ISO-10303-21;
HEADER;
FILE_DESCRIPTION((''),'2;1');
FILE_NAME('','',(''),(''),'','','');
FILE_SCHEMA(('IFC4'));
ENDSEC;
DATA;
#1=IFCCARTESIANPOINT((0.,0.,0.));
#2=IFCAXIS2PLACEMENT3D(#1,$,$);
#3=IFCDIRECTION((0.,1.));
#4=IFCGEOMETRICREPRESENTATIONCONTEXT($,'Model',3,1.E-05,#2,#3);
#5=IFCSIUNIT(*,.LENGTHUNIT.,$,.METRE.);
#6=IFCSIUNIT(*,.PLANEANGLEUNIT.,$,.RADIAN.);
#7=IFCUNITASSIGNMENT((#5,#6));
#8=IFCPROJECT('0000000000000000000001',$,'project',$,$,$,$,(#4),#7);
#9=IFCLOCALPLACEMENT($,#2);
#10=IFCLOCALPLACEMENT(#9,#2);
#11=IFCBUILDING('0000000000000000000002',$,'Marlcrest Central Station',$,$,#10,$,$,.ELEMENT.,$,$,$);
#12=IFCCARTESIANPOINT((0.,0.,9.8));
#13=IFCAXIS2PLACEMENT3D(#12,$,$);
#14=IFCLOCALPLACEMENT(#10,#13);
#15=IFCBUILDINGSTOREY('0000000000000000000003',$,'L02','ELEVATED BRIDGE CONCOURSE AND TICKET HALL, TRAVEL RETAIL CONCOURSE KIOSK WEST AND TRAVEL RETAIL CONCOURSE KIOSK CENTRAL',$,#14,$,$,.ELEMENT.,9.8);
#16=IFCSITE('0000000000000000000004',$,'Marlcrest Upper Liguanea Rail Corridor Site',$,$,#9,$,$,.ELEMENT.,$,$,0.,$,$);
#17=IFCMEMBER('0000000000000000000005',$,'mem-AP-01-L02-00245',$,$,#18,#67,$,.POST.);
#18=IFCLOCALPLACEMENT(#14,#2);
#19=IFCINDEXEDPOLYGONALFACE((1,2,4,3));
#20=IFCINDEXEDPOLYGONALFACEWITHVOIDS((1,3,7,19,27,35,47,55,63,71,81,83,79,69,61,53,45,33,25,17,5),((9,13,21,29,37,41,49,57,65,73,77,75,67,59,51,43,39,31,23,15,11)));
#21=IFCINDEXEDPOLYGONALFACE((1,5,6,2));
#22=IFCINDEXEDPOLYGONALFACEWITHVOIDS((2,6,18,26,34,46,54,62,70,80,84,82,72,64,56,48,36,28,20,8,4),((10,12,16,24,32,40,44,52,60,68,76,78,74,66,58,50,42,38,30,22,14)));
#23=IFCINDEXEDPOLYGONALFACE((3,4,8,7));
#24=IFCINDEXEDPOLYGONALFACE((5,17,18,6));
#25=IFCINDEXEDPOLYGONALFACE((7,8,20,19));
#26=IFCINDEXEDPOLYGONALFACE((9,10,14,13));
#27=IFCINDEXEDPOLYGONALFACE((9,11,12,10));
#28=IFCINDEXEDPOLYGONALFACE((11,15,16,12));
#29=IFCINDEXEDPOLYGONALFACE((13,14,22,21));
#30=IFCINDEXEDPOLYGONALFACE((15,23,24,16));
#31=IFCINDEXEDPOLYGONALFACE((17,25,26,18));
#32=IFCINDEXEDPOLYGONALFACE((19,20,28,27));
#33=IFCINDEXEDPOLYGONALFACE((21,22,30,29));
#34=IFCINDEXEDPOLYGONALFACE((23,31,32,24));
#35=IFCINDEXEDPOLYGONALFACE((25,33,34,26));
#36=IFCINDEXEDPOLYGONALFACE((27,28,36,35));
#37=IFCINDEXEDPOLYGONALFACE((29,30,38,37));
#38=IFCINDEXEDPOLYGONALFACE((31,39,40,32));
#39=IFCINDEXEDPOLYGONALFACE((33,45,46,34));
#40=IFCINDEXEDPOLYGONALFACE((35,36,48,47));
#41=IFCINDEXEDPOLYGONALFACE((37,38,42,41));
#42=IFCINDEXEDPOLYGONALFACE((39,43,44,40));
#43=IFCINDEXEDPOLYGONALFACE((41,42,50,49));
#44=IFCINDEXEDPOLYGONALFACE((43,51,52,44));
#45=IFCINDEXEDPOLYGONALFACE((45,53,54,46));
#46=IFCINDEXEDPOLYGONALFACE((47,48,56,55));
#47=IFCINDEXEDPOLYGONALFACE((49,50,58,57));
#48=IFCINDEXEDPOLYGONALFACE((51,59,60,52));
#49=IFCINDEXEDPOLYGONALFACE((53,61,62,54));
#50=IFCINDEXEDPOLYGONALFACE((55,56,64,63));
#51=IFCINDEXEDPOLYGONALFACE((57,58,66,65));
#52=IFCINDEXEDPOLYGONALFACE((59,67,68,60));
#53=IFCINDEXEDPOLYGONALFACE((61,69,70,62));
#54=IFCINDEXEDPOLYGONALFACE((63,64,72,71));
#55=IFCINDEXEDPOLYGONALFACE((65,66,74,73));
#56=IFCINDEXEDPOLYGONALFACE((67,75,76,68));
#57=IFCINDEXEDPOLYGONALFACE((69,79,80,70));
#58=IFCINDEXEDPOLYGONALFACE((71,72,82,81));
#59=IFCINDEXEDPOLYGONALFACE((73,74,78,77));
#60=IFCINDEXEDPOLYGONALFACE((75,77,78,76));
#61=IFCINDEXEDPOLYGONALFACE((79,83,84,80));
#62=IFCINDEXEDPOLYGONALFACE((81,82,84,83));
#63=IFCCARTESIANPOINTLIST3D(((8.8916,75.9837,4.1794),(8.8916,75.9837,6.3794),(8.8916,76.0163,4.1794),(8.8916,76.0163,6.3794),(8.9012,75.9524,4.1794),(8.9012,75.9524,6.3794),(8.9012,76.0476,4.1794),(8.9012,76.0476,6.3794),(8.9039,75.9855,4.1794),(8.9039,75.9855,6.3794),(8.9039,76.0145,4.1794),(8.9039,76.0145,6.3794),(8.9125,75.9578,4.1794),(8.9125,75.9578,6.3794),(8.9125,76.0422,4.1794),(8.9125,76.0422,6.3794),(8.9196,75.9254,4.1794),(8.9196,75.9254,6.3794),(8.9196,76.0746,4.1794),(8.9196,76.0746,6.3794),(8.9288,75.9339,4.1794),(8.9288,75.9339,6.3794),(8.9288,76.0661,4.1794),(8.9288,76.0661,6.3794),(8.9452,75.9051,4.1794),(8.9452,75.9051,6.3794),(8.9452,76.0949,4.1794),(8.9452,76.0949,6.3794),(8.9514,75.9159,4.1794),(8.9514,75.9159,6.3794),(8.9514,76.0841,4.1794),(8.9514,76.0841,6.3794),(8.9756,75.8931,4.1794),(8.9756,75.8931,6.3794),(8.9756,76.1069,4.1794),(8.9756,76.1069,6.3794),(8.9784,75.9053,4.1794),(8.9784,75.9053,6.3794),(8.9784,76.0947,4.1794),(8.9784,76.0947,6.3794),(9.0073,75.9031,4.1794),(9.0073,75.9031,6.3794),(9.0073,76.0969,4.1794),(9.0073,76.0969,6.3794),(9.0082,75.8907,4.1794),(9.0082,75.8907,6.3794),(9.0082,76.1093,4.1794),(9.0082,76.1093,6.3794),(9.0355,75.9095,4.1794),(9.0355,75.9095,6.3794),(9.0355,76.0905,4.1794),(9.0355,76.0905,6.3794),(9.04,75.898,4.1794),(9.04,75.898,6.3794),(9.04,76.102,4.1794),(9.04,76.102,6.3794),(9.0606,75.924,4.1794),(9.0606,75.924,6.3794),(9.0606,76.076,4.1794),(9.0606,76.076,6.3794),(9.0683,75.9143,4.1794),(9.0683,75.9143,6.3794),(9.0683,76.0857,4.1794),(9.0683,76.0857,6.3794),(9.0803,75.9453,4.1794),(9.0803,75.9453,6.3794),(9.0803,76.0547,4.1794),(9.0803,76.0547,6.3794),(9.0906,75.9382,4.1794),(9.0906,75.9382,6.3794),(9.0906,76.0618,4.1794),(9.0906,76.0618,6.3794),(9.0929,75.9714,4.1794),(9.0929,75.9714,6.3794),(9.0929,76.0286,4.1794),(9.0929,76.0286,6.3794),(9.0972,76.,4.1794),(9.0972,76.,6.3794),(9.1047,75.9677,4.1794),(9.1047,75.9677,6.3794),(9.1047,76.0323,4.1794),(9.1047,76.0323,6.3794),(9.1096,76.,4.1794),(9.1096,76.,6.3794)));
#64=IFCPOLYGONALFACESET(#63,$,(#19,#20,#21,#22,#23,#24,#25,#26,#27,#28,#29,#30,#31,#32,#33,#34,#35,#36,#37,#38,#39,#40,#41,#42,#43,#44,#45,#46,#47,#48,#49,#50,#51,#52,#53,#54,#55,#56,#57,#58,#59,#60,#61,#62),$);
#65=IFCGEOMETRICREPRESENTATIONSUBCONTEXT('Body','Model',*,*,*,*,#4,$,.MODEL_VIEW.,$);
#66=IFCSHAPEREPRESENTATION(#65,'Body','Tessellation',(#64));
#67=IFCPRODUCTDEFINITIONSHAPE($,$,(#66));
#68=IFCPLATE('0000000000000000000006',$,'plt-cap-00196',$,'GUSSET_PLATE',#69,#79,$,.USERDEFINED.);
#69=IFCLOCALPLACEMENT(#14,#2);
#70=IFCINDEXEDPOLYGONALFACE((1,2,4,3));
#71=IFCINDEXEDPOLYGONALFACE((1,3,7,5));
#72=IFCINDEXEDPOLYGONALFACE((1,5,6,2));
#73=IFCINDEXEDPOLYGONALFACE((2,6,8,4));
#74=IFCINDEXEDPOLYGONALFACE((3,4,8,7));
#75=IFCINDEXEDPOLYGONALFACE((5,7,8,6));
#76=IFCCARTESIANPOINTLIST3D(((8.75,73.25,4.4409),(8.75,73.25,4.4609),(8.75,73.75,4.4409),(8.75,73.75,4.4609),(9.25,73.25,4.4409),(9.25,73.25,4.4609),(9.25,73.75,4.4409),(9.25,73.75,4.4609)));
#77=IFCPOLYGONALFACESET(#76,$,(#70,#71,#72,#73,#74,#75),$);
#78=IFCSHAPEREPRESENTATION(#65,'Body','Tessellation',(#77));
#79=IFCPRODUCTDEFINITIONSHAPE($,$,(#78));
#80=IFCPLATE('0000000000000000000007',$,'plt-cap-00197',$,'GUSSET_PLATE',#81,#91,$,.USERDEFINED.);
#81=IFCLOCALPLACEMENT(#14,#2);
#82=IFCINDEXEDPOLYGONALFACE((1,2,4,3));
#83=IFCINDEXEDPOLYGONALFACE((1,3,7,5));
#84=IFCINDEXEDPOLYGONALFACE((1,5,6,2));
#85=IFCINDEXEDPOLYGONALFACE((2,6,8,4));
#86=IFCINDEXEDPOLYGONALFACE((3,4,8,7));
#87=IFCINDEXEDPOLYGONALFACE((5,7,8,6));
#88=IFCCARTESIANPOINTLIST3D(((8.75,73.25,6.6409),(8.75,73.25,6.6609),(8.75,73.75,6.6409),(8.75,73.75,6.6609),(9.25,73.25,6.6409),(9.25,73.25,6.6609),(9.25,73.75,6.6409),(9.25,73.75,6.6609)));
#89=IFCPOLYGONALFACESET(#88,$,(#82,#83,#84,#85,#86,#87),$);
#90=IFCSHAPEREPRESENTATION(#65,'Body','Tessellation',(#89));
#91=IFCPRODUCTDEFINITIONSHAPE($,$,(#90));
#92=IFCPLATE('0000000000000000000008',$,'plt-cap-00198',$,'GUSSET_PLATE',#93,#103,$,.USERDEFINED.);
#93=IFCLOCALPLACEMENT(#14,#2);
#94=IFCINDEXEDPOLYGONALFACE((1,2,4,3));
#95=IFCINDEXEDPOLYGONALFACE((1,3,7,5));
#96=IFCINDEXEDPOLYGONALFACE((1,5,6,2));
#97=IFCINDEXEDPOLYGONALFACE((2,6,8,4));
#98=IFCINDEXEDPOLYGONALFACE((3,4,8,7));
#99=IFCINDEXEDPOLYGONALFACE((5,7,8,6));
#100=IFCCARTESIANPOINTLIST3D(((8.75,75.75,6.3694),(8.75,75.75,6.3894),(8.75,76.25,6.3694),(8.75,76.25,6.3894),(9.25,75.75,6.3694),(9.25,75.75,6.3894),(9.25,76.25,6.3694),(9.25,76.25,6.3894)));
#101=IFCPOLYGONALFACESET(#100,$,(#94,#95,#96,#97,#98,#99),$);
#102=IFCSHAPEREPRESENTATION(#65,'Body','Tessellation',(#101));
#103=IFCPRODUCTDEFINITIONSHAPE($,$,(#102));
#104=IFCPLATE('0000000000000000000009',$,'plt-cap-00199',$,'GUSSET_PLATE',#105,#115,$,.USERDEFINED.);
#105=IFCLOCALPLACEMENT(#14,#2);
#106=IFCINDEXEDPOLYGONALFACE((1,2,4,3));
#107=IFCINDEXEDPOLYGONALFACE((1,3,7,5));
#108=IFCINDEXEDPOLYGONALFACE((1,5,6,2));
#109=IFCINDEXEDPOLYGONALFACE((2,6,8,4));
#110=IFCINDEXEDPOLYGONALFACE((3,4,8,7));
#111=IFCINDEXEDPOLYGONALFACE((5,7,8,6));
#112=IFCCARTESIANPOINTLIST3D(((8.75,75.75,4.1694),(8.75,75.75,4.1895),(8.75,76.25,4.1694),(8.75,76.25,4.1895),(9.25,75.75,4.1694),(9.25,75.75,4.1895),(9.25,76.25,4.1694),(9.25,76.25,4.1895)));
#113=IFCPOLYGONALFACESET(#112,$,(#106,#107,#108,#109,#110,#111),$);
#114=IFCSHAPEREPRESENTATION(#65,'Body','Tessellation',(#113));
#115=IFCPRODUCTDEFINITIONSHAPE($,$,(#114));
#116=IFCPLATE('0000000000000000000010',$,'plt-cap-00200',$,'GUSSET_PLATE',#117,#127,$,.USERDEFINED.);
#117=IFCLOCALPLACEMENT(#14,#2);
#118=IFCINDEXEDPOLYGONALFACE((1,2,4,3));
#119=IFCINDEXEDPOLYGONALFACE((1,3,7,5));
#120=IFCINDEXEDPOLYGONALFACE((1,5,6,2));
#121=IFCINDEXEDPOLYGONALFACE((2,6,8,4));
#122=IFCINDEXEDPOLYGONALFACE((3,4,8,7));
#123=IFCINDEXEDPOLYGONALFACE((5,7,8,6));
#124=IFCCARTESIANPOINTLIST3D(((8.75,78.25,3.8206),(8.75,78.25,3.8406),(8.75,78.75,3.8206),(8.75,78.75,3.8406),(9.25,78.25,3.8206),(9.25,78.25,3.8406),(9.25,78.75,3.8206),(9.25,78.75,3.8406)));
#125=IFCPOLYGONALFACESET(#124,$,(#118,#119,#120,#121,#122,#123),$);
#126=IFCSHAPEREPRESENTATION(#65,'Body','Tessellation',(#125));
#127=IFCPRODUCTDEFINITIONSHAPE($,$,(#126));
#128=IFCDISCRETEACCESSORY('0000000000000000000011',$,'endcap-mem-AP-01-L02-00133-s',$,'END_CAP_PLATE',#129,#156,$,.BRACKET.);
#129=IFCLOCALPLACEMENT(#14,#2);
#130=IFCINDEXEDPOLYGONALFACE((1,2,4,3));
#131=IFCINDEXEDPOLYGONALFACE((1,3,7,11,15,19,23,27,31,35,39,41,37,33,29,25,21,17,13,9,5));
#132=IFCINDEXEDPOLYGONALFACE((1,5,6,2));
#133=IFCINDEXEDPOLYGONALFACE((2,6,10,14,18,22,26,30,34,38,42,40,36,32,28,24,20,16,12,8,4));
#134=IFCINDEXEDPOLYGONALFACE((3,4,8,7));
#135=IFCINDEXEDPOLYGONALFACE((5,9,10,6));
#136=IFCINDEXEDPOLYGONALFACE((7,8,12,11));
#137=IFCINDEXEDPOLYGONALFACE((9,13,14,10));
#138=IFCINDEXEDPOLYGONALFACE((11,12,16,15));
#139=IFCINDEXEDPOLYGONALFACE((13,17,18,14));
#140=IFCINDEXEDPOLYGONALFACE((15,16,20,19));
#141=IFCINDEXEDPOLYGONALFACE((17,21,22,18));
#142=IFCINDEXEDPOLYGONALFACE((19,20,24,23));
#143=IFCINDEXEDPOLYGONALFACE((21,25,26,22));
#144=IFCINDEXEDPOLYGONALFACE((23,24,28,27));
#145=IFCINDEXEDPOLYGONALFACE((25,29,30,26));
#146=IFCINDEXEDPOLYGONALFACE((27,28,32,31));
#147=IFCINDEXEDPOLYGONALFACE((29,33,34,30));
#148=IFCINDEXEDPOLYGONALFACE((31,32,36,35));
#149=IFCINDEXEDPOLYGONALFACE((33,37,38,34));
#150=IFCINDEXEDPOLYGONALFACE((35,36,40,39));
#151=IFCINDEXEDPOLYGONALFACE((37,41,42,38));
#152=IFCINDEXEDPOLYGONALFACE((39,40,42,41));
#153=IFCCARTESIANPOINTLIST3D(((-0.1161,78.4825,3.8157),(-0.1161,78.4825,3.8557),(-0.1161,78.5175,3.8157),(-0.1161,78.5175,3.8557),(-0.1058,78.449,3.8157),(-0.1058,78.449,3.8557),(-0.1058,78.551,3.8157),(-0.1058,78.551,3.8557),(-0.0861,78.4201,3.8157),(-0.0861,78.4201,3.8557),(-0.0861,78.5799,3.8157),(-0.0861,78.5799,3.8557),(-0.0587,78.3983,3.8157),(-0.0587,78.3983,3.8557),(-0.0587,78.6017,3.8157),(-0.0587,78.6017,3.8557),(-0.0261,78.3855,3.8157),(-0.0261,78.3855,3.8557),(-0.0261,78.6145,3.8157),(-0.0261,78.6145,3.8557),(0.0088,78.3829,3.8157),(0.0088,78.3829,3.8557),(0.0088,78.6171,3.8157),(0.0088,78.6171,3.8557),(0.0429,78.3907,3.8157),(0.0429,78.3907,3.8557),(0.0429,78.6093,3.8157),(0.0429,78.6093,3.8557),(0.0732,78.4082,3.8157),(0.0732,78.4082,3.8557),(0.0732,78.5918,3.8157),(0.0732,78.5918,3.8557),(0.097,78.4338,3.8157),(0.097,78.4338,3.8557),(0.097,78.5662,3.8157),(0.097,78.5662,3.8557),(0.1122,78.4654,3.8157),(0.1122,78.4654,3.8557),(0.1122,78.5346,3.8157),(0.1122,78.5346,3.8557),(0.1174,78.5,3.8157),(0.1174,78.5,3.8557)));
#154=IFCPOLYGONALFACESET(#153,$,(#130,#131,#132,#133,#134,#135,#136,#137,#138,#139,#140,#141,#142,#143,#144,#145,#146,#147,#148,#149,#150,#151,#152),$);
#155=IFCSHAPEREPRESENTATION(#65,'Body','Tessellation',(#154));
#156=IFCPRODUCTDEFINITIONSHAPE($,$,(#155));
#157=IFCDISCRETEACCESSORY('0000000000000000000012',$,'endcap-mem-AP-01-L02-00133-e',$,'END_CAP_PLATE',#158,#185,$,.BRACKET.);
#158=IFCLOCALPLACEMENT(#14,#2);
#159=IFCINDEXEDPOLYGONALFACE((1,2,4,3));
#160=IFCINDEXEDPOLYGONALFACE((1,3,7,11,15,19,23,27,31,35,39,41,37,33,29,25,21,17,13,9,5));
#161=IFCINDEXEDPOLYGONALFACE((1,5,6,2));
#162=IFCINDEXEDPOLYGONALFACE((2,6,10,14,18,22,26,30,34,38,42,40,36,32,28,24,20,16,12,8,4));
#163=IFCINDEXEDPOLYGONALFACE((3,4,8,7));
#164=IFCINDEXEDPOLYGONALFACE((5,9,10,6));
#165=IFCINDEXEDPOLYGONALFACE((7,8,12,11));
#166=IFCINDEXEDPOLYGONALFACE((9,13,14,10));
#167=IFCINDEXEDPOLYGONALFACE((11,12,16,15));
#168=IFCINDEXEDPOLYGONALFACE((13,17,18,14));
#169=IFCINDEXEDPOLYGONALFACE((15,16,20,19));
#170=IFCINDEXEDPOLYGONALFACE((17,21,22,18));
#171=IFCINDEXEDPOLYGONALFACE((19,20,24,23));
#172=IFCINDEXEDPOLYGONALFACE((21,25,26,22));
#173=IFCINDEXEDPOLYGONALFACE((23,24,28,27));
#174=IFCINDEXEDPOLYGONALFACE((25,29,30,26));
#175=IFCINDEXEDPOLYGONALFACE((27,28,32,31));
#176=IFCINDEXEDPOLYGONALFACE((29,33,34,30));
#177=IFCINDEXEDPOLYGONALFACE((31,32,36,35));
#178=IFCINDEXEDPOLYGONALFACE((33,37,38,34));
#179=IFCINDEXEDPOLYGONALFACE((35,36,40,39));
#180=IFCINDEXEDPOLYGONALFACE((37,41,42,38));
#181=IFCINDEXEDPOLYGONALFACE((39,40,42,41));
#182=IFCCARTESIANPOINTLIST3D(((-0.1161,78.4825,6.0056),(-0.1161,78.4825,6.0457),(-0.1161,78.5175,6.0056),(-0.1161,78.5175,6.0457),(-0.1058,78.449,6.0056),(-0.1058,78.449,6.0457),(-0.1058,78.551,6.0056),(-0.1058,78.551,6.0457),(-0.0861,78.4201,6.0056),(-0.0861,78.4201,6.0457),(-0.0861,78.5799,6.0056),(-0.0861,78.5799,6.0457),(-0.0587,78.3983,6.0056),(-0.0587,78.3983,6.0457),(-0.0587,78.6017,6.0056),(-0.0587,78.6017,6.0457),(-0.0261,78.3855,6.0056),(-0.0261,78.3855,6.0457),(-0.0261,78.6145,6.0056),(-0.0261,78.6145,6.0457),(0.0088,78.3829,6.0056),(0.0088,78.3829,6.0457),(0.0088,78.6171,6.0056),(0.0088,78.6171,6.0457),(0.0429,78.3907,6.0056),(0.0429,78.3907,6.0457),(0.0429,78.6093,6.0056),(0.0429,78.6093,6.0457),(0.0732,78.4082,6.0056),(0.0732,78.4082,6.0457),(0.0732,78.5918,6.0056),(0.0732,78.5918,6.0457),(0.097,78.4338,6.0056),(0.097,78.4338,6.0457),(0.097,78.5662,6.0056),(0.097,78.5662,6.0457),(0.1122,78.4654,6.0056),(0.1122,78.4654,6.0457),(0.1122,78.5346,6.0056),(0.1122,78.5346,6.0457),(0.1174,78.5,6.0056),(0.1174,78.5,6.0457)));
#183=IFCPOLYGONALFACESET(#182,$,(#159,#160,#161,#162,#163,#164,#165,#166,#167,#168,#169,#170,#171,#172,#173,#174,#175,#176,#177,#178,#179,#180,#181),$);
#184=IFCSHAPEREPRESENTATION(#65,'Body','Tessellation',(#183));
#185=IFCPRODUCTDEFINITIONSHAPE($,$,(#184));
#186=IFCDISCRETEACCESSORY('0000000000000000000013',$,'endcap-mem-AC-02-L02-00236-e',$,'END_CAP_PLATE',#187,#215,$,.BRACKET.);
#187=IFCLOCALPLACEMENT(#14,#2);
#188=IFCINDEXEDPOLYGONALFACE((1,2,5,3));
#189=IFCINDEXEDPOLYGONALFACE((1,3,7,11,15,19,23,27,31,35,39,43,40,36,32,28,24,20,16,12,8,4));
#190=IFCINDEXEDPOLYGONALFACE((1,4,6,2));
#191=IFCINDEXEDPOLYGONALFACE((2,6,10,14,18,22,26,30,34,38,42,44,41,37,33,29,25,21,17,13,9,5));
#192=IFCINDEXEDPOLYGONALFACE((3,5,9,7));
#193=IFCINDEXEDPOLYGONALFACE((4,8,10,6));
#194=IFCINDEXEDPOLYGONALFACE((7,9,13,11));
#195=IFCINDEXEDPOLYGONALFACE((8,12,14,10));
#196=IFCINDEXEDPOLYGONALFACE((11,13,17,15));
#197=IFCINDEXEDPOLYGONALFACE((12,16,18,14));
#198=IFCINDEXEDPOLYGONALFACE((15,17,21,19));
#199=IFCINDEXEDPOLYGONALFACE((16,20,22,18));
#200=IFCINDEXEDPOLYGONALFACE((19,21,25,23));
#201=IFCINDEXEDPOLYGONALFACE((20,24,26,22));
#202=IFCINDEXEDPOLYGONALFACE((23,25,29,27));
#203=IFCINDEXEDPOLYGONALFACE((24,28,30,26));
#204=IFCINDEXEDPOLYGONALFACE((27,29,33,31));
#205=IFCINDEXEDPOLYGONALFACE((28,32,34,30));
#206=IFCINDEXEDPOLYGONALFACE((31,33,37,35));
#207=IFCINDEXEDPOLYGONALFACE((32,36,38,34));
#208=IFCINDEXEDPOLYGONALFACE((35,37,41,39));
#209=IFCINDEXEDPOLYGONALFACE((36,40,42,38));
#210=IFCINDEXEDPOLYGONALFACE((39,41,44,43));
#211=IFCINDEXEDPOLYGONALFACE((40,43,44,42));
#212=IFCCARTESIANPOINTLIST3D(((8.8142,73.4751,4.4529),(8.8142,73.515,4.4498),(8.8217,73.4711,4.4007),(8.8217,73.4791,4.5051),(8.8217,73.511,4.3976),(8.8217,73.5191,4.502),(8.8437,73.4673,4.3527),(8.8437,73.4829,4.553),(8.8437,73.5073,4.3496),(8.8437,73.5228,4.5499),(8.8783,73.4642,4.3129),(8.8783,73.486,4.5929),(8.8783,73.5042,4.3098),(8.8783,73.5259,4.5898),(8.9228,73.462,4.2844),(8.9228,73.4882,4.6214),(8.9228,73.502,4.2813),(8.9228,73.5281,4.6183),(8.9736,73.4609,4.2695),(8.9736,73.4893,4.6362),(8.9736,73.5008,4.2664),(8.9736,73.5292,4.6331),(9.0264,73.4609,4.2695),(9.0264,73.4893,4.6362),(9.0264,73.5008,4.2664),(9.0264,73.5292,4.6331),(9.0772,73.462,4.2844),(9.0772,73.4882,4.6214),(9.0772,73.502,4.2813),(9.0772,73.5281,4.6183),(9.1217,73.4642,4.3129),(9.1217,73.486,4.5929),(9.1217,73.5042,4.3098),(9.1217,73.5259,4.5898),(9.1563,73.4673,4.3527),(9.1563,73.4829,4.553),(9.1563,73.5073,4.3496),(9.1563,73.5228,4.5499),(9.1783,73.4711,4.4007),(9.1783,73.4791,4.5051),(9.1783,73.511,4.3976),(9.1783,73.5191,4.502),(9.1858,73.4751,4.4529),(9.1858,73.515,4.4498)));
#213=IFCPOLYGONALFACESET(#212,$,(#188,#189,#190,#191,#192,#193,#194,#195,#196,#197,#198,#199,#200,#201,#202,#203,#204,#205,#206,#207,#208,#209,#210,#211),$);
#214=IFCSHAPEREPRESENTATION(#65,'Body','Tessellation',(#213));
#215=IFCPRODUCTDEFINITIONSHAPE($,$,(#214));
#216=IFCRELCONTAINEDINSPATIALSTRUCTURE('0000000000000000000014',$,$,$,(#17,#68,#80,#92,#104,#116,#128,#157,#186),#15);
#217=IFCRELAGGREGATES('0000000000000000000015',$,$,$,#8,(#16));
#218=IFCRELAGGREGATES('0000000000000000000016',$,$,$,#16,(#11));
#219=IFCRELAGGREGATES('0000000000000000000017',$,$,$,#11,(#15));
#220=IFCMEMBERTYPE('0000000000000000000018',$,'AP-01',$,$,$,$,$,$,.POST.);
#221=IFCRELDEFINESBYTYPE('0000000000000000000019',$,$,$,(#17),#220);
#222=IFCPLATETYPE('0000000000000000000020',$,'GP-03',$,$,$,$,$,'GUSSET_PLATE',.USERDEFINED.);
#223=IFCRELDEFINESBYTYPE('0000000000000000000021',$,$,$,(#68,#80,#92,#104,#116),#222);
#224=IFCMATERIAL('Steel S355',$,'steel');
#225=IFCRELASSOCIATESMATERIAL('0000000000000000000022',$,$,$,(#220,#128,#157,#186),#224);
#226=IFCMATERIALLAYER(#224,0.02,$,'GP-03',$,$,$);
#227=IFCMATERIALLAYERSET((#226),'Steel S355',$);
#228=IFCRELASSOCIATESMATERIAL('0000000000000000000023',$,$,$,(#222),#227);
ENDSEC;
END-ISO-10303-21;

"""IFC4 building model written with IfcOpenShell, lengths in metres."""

from ifc_helpers import new_model, si_unit, direction, frame, origin, origin_2d, place, context, subcontext, project, spatial, rectangle, circle, hollow_circle, extrude, material, layer, layer_set, material_profile, profile_set, type_object, element, save


model = new_model("IFC4")

# Units and contexts
model_context = context("Model", 3, precision=1e-05, world=origin(), true_north=direction((0.0, 1.0)))
body_context = subcontext(model_context, "Body", "Model", "MODEL_VIEW")
ifc_project = project(units=[si_unit("LENGTHUNIT", "METRE"), si_unit("PLANEANGLEUNIT", "RADIAN")], contexts=[model_context])

# Site, building, storey
site_placement = place(None, origin())
site = spatial("IfcSite", under=ifc_project, at=site_placement, Name="Marlcrest Upper Liguanea Rail Corridor Site", CompositionType="ELEMENT", RefElevation=0.0)
building_placement = place(site_placement, origin())
building = spatial("IfcBuilding", under=site, at=building_placement, Name="Marlcrest Central Station", CompositionType="ELEMENT")
storey_placement = place(building_placement, frame((0.0, 0.0, 9.8)))
storey = spatial("IfcBuildingStorey", under=building, at=storey_placement, Name="L02", Description="ELEVATED BRIDGE CONCOURSE AND TICKET HALL, TRAVEL RETAIL CONCOURSE KIOSK WEST AND TRAVEL RETAIL CONCOURSE KIOSK CENTRAL", CompositionType="ELEMENT", Elevation=9.8)

# Member
ifc_material = material(Name="Steel S355", Category="steel")
ifc_material_profile_1 = material_profile(ifc_material, hollow_circle(Radius=0.1096, WallThickness=0.0125, at=origin_2d()), Name="CHS 219.1x12.5")
ifc_profile_set_1 = profile_set([ifc_material_profile_1], Name="Steel S355")
member_type_1 = type_object("IfcMemberType", Name="AP-01", PredefinedType="POST", material=ifc_profile_set_1)
for number, where, z_axis, x_axis, name in (
    (1, (9.0, 76.0, 4.1794), (0.0, 0.0, 1.0), (1.0, 0.0, 0.0), "mem-AP-01-L02-00245"),
):
    element("IfcMember", number, at=place(storey_placement, frame(where, z_axis=z_axis, x_axis=x_axis)), inside=storey, type_object=member_type_1, Name=name, PredefinedType="POST", context=body_context, shape_type="SweptSolid", body=[
        extrude(hollow_circle(Radius=0.1096, WallThickness=0.0125, at=origin_2d()), origin(), (0.0, 0.0, 1.0), 2.2),
    ])

# Plates
ifc_layer = layer(ifc_material, 0.02, Name="GP-03")
ifc_layer_set = layer_set([ifc_layer], Name="Steel S355")
plate_type = type_object("IfcPlateType", Name="GP-03", ElementType="GUSSET_PLATE", PredefinedType="USERDEFINED", material=ifc_layer_set)
for number, where, z_axis, x_axis, name in (
    (2, (9.0, 73.5, 4.4409), (0.0, 0.0, 1.0), (1.0, 0.0, 0.0), "plt-cap-00196"),
    (3, (9.0, 73.5, 6.6409), (0.0, 0.0, 1.0), (1.0, 0.0, 0.0), "plt-cap-00197"),
    (4, (9.0, 76.0, 6.3694), (0.0, 0.0, 1.0), (1.0, 0.0, 0.0), "plt-cap-00198"),
    (5, (9.0, 76.0, 4.1694), (0.0, 0.0, 1.0), (1.0, 0.0, 0.0), "plt-cap-00199"),
    (6, (9.0, 78.5, 3.8206), (0.0, 0.0, 1.0), (1.0, 0.0, 0.0), "plt-cap-00200"),
):
    element("IfcPlate", number, at=place(storey_placement, frame(where, z_axis=z_axis, x_axis=x_axis)), inside=storey, type_object=plate_type, Name=name, ObjectType="GUSSET_PLATE", PredefinedType="USERDEFINED", context=body_context, shape_type="SweptSolid", body=[
        extrude(rectangle(XDim=0.5, YDim=0.5, at=origin_2d()), origin(), (0.0, 0.0, 1.0), 0.02),
    ])

# Discrete accessories
for number, where, z_axis, x_axis, name in (
    (7, (0.0, 78.5, 3.8157), (0.0, 0.0, 1.0), (1.0, 0.0, 0.0), "endcap-mem-AP-01-L02-00133-s"),
    (8, (0.0, 78.5, 6.0056), (0.0, 0.0, 1.0), (1.0, 0.0, 0.0), "endcap-mem-AP-01-L02-00133-e"),
):
    element("IfcDiscreteAccessory", number, at=place(storey_placement, frame(where, z_axis=z_axis, x_axis=x_axis)), inside=storey, material=ifc_material, Name=name, ObjectType="END_CAP_PLATE", PredefinedType="BRACKET", context=body_context, shape_type="SweptSolid", body=[
        extrude(circle(Radius=0.1174, at=origin_2d()), origin(), (0.0, 0.0, 1.0), 0.04),
    ])
discrete_accessory_1_placement = place(storey_placement, frame((9.0, 73.4751, 4.4529), z_axis=(0.0, 0.997007, -0.077307), x_axis=(-1.0, 0.0, 0.0)))
element("IfcDiscreteAccessory", 9, at=discrete_accessory_1_placement, inside=storey, material=ifc_material, Name="endcap-mem-AC-02-L02-00236-e", ObjectType="END_CAP_PLATE", PredefinedType="BRACKET", context=body_context, shape_type="SweptSolid", body=[
    extrude(circle(Radius=0.1858, at=origin_2d()), origin(), (0.0, 0.0, 1.0), 0.04),
])

save(model, "model.ifc")
